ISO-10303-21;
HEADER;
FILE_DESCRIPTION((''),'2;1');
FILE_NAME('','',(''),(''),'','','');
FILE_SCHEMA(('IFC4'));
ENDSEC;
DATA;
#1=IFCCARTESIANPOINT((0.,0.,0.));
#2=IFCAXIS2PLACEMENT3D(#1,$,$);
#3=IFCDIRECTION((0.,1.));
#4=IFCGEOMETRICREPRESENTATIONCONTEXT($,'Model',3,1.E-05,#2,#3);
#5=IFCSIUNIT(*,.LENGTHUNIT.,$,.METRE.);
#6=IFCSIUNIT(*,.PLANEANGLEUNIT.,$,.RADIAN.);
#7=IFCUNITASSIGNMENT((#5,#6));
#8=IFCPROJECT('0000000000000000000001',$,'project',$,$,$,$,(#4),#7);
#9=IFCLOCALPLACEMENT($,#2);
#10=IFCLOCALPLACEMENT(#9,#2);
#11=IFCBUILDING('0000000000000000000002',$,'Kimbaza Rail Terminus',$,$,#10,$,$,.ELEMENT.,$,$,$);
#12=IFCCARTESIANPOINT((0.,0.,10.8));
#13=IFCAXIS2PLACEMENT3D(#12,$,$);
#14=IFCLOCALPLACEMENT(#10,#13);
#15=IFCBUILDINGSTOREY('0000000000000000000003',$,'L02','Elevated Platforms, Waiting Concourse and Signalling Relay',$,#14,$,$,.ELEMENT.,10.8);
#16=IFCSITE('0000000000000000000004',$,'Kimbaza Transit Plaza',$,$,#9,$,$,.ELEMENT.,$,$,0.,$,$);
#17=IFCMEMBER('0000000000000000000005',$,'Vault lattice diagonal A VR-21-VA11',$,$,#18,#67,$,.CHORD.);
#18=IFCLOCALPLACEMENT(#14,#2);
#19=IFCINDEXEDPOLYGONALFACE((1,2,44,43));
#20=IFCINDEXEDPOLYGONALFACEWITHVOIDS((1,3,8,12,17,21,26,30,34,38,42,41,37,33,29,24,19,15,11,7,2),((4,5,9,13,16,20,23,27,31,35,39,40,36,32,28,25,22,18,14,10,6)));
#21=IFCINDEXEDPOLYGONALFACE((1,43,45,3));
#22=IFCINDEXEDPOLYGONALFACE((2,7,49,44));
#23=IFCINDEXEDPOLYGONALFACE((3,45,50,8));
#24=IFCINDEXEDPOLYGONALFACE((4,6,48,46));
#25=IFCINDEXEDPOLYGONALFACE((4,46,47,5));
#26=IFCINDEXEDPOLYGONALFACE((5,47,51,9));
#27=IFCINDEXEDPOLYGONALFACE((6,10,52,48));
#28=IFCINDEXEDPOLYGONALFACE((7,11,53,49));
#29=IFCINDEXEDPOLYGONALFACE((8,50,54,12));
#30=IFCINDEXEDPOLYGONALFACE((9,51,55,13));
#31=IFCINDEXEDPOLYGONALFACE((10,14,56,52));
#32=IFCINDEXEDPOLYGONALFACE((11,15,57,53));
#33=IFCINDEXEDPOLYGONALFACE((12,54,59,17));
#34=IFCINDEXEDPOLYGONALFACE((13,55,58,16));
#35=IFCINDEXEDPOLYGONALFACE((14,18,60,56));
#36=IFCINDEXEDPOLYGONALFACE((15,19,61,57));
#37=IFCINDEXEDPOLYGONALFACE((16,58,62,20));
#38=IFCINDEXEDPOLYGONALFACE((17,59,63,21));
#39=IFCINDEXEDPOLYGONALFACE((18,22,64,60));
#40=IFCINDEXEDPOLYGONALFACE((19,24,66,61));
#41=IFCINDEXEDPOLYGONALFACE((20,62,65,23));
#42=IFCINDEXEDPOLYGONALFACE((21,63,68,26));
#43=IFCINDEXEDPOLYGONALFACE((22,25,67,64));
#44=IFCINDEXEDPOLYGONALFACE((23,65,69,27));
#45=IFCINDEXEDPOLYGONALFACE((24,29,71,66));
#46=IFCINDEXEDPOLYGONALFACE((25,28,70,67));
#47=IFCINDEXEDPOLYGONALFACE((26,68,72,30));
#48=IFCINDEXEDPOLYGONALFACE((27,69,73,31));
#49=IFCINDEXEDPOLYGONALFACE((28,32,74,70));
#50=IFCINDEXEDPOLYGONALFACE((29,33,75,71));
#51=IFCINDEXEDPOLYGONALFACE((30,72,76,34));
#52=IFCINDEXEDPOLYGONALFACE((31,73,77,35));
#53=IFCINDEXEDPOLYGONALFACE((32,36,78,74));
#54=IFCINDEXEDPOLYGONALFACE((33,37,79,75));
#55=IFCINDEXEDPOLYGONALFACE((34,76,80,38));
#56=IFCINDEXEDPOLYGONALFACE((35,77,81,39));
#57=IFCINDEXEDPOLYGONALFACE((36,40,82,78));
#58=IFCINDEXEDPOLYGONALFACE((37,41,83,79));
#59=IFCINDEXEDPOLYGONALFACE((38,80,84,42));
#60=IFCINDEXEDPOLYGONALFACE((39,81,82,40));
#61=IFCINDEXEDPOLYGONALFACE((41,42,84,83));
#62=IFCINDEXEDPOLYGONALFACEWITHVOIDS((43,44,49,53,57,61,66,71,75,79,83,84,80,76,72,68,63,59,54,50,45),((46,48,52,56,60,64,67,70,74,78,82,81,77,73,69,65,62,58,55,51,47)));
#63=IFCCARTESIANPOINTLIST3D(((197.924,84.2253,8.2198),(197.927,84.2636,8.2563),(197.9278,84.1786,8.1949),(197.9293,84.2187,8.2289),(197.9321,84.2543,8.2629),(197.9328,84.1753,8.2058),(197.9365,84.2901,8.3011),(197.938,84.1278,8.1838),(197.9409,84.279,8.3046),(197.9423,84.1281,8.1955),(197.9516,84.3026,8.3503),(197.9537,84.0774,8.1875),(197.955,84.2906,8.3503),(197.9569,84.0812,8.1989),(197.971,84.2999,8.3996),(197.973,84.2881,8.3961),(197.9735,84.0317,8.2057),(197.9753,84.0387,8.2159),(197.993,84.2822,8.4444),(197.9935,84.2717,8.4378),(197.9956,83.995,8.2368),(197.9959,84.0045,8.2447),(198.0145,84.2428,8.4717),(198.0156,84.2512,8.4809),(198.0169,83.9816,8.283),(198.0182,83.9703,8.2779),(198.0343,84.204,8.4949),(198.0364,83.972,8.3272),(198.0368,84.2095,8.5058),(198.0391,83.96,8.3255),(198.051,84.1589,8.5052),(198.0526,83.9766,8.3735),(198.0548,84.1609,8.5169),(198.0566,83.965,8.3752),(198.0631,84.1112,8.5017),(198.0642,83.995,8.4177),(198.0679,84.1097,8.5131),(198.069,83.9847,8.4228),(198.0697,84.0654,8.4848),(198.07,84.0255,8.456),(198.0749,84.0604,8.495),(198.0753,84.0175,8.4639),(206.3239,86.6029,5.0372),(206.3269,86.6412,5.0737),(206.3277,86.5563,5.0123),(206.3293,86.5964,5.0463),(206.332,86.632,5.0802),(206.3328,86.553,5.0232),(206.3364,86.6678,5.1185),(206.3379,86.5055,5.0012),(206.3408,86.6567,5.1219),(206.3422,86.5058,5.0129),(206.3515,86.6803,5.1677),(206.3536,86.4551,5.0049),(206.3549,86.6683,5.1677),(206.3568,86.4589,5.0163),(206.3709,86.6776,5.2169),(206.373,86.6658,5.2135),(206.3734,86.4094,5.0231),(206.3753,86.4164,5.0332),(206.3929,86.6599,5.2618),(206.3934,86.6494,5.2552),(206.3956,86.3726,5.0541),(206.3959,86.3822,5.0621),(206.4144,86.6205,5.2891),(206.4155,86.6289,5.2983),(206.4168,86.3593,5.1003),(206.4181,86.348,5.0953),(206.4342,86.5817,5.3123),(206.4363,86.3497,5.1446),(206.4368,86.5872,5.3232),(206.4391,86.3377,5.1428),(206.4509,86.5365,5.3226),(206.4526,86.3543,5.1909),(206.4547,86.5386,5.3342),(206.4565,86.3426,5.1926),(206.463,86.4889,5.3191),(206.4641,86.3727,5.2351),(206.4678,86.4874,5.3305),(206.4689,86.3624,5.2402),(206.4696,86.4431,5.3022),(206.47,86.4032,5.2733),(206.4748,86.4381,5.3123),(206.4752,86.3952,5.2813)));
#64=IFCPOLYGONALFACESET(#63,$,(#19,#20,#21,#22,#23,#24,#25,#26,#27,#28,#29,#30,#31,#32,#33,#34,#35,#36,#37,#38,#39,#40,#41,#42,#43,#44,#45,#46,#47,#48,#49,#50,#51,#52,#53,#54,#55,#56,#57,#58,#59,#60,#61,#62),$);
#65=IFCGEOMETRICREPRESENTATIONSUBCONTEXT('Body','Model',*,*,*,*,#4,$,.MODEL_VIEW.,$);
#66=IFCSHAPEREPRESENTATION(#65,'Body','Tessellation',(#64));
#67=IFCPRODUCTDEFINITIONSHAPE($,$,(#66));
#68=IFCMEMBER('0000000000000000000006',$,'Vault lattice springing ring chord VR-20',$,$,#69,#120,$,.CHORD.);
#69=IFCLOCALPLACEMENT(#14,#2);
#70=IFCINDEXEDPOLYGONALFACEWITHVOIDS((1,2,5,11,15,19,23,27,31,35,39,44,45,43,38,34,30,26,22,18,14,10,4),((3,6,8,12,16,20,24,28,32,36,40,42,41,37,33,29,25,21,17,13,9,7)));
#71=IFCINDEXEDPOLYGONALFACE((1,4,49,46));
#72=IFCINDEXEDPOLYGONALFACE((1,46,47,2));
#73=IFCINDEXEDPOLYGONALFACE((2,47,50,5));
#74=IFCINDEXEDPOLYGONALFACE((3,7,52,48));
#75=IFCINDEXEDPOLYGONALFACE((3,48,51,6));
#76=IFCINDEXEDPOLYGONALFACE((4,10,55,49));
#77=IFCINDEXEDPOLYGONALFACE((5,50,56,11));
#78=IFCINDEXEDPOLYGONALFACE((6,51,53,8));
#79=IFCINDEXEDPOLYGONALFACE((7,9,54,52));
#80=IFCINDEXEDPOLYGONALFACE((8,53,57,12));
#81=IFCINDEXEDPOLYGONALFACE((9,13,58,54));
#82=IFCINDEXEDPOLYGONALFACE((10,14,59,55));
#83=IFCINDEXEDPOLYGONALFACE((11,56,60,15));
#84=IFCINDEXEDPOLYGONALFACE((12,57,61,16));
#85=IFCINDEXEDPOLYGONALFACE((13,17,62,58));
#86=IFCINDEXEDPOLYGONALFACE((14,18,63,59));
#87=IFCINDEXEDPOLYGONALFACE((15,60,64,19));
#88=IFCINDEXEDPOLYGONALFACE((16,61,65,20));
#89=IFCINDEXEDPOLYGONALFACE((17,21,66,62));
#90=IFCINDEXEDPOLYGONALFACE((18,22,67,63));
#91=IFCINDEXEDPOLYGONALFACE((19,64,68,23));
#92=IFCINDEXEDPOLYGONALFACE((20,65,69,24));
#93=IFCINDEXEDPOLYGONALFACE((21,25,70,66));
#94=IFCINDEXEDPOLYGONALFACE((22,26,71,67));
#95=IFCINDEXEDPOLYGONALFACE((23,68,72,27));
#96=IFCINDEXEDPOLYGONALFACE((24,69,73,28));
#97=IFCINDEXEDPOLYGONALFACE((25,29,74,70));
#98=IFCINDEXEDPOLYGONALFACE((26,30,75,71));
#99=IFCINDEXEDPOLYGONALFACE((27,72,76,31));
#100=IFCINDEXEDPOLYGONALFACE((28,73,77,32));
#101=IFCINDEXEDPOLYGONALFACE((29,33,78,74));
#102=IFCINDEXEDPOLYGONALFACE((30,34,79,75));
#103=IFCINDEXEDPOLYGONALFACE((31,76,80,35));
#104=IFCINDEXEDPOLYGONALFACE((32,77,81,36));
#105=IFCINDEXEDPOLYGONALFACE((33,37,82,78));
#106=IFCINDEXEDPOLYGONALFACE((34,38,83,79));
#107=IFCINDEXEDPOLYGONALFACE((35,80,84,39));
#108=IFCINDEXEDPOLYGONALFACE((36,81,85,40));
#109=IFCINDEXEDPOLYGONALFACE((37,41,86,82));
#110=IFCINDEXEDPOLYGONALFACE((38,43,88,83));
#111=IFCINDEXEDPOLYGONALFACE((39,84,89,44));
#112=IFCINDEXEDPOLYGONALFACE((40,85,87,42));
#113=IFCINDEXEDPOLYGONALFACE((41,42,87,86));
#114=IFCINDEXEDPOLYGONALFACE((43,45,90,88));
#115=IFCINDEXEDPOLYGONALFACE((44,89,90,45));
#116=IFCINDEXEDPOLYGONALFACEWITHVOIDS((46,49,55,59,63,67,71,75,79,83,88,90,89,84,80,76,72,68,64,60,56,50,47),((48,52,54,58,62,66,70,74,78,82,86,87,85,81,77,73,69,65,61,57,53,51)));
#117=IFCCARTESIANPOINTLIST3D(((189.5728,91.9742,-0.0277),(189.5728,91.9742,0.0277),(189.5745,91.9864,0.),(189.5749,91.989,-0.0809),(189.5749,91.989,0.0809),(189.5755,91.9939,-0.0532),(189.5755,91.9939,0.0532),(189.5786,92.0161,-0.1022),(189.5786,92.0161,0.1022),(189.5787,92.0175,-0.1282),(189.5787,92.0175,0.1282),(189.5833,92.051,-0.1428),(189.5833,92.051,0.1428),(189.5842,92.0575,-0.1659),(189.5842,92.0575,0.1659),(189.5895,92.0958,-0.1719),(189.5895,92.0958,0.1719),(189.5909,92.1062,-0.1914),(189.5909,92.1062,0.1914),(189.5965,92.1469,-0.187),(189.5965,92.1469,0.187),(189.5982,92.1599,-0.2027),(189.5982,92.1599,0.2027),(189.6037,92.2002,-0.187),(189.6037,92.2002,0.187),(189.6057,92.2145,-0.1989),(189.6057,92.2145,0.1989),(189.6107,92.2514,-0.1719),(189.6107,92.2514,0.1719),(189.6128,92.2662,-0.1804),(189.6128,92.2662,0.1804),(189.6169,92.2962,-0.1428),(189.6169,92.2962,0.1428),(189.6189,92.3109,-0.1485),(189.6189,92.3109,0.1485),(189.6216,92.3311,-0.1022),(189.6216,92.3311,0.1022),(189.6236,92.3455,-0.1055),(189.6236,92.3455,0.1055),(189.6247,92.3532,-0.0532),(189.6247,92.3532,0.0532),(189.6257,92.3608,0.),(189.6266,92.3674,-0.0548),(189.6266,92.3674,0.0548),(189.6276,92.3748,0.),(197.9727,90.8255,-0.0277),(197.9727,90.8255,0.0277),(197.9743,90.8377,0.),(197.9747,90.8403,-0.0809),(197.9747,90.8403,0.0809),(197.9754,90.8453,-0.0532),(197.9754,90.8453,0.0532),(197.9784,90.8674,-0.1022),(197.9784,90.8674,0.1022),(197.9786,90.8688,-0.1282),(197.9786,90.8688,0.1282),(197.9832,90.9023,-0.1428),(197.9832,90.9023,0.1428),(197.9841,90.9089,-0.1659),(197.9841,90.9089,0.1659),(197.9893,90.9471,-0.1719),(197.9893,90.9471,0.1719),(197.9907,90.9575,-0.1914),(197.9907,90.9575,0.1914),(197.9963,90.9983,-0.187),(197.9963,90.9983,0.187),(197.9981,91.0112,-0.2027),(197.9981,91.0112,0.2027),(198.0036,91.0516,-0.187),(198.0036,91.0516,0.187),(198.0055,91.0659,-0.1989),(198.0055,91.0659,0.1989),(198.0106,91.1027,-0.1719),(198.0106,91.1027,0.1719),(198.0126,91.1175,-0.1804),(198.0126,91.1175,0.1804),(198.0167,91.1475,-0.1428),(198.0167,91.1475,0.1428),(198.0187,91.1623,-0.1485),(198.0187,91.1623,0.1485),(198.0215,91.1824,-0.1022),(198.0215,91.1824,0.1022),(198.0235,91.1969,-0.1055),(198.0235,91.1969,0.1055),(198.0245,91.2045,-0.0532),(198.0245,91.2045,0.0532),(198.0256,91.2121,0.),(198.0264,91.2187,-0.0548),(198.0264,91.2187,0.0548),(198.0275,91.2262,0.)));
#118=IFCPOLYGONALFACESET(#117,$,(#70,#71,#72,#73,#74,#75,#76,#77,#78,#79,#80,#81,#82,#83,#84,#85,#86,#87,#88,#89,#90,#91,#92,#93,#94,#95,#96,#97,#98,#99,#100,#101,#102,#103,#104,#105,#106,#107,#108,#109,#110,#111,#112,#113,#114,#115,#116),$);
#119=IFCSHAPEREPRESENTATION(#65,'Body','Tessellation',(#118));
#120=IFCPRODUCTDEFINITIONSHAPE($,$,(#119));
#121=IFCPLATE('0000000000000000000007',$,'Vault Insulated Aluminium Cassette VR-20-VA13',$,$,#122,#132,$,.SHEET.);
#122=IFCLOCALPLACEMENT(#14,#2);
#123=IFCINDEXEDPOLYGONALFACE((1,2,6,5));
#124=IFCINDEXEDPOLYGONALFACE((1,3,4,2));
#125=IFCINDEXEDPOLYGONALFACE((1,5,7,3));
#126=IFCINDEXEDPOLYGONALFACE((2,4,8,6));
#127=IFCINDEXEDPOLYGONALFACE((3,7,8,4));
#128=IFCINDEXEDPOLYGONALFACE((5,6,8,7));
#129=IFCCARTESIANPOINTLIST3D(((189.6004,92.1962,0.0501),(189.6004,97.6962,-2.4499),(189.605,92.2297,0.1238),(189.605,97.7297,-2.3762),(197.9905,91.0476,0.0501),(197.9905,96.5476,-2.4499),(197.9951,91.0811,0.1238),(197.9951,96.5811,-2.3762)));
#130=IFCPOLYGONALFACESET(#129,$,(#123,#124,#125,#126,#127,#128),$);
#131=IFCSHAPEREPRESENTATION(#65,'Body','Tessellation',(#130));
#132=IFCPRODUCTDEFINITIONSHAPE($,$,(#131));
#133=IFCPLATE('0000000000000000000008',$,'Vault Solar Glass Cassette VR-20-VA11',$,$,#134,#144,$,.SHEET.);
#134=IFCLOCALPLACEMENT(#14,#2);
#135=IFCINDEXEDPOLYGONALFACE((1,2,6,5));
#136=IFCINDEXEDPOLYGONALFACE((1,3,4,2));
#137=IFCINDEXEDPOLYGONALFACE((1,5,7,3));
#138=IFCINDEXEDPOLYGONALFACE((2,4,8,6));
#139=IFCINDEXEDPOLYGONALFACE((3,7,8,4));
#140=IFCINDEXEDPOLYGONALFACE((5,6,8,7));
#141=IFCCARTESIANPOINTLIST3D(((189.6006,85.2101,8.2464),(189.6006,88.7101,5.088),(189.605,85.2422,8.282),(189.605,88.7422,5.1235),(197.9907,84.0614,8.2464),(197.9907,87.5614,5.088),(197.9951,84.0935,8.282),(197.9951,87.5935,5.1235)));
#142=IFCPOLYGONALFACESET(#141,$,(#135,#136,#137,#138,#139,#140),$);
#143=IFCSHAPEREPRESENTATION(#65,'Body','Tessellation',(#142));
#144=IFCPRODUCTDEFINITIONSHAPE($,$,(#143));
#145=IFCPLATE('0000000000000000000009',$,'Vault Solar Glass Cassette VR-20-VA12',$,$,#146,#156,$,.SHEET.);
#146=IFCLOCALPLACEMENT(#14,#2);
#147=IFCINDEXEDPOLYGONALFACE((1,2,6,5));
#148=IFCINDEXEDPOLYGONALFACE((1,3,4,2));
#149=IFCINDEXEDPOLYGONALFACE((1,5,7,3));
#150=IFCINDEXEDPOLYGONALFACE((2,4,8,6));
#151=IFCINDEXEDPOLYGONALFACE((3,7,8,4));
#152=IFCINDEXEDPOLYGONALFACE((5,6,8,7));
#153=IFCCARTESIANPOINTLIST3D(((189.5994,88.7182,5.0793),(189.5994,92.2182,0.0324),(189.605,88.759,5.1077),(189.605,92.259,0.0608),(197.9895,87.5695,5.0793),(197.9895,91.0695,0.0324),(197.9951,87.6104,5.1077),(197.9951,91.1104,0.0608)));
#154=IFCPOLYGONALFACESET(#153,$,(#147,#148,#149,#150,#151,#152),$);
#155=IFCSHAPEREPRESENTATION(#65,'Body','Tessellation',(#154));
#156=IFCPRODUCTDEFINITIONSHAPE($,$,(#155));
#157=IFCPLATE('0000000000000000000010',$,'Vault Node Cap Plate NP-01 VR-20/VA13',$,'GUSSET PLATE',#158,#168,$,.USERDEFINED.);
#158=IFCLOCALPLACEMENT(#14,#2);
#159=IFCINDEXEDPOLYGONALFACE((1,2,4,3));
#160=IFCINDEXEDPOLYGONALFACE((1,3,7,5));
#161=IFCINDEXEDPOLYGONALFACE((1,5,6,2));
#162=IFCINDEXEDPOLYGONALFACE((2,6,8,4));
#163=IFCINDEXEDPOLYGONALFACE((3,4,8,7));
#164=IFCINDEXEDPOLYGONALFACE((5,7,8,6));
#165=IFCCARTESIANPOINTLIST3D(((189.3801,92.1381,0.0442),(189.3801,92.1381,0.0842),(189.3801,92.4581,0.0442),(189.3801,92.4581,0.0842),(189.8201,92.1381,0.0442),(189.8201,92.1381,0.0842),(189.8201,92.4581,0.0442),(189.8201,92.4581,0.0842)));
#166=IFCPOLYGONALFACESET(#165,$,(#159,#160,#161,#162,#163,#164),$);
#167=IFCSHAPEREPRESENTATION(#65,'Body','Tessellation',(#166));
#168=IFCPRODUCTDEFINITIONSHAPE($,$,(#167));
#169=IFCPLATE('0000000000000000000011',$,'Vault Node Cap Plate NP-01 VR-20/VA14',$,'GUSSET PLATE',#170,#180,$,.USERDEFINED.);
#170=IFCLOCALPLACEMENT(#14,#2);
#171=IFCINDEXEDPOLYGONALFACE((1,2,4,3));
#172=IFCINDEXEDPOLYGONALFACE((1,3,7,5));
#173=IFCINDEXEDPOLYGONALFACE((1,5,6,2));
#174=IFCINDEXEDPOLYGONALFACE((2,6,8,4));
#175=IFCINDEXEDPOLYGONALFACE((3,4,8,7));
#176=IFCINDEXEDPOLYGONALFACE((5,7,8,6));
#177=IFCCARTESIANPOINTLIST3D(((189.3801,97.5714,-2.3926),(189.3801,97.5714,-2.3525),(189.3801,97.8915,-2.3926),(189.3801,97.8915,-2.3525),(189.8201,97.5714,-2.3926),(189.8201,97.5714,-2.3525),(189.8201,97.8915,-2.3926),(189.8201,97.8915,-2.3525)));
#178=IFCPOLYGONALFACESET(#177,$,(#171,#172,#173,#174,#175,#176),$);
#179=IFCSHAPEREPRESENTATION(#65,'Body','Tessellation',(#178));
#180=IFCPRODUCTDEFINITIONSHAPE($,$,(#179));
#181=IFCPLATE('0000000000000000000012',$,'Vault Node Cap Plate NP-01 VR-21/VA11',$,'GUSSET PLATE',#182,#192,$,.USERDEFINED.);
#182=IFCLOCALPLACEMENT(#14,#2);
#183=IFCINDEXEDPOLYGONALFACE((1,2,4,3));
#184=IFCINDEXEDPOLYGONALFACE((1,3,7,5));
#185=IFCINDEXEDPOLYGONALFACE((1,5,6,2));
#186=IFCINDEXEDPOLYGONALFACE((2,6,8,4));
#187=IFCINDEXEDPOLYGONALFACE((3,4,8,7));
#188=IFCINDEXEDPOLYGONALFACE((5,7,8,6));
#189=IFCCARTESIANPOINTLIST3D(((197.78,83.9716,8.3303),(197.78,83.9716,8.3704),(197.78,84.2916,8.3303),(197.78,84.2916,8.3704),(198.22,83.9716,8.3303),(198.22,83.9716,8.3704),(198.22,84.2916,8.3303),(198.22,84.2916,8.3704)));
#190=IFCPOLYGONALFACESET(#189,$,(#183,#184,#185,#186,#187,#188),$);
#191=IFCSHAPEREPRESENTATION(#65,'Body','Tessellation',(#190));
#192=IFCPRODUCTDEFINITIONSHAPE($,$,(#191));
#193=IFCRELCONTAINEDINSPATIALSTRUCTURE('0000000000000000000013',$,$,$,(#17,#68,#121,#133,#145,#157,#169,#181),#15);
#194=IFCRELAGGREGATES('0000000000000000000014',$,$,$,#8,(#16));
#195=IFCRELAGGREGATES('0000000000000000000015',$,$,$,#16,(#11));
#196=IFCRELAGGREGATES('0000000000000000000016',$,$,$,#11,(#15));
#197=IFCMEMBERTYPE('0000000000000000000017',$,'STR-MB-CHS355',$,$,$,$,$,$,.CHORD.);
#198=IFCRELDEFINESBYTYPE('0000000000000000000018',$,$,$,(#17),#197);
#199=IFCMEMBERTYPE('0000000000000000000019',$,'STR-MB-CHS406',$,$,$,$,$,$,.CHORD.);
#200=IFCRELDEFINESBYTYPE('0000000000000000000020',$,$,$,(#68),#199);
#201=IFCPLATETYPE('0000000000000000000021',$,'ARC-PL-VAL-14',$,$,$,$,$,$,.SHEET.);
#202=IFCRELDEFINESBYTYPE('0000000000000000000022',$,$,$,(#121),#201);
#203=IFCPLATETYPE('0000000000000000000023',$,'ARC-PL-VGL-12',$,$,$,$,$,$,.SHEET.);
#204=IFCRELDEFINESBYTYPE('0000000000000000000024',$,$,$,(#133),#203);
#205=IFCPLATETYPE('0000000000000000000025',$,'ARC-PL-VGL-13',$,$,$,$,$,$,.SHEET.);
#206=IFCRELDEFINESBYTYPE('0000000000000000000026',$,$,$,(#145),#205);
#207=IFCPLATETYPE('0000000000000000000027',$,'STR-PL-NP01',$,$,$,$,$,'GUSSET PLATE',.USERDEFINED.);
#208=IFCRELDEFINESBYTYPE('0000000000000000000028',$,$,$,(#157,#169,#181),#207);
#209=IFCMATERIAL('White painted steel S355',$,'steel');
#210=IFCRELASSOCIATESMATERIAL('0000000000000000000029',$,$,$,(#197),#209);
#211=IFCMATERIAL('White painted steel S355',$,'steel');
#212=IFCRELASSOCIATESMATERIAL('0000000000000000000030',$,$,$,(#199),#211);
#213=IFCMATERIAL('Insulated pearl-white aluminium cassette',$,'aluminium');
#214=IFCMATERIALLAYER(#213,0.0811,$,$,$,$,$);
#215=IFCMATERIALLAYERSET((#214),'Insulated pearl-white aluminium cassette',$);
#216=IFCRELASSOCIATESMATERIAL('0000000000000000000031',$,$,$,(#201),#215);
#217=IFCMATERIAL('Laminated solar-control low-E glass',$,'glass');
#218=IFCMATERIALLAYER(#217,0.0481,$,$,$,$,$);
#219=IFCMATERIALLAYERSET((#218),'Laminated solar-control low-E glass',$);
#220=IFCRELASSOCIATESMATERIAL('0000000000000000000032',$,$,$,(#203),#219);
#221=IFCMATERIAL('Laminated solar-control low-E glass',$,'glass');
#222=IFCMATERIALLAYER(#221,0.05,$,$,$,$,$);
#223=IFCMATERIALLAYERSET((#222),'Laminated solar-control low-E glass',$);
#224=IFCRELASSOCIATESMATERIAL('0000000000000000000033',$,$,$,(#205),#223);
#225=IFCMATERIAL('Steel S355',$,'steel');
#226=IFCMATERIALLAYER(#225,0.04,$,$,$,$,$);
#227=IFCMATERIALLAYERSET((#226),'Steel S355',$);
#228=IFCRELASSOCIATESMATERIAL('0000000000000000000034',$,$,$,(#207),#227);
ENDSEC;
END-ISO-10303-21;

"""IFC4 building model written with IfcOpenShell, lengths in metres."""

from ifc_helpers import new_model, si_unit, direction, frame, origin, origin_2d, place, context, subcontext, project, spatial, polyline, rectangle, hollow_circle, outline, extrude, material, layer, layer_set, material_profile, profile_set, type_object, element, save


model = new_model("IFC4")

# Units and contexts
model_context = context("Model", 3, precision=1e-05, world=origin(), true_north=direction((0.0, 1.0)))
body_context = subcontext(model_context, "Body", "Model", "MODEL_VIEW")
ifc_project = project(units=[si_unit("LENGTHUNIT", "METRE"), si_unit("PLANEANGLEUNIT", "RADIAN")], contexts=[model_context])

# Site, building, storey
site_placement = place(None, origin())
site = spatial("IfcSite", under=ifc_project, at=site_placement, Name="Kimbaza Transit Plaza", CompositionType="ELEMENT", RefElevation=0.0)
building_placement = place(site_placement, origin())
building = spatial("IfcBuilding", under=site, at=building_placement, Name="Kimbaza Rail Terminus", CompositionType="ELEMENT")
storey_placement = place(building_placement, frame((0.0, 0.0, 10.8)))
storey = spatial("IfcBuildingStorey", under=building, at=storey_placement, Name="L02", Description="Elevated Platforms, Waiting Concourse and Signalling Relay", CompositionType="ELEMENT", Elevation=10.8)

# Members
ifc_material_1 = material(Name="White painted steel S355", Category="steel")
ifc_material_profile_1 = material_profile(ifc_material_1, hollow_circle(Radius=0.1777, WallThickness=0.0125, at=origin_2d()), Name="CHS 355.6x12.5")
ifc_profile_set_1 = profile_set([ifc_material_profile_1], Name="White painted steel S355")
member_type_1 = type_object("IfcMemberType", Name="STR-MB-CHS355", PredefinedType="CHORD", material=ifc_profile_set_1)
member_1_placement = place(storey_placement, frame((198.0, 84.1316, 8.3503), z_axis=(0.903995, 0.255886, -0.342512), x_axis=(-0.27236, 0.962195, 0.0)))
element("IfcMember", 1, at=member_1_placement, inside=storey, type_object=member_type_1, Name="Vault lattice diagonal A VR-21-VA11", PredefinedType="CHORD", context=body_context, shape_type="SweptSolid", body=[
    extrude(hollow_circle(Radius=0.1777, WallThickness=0.0125, at=origin_2d()), origin(), (0.0, 0.0, 1.0), 9.292),
])
ifc_material_2 = material(Name="White painted steel S355", Category="steel")
ifc_material_profile_2 = material_profile(ifc_material_2, hollow_circle(Radius=0.2031, WallThickness=0.0142, at=origin_2d()), Name="CHS 406.4x14.2")
ifc_profile_set_2 = profile_set([ifc_material_profile_2], Name="White painted steel S355")
member_type_2 = type_object("IfcMemberType", Name="STR-MB-CHS406", PredefinedType="CHORD", material=ifc_profile_set_2)
member_2_placement = place(storey_placement, frame((189.6001, 92.1736, 0.0), z_axis=(0.990779, -0.135488, 0.0), x_axis=(0.135488, 0.990779, 0.0)))
element("IfcMember", 2, at=member_2_placement, inside=storey, type_object=member_type_2, Name="Vault lattice springing ring chord VR-20", PredefinedType="CHORD", context=body_context, shape_type="SweptSolid", body=[
    extrude(hollow_circle(Radius=0.2031, WallThickness=0.0142, at=origin_2d()), origin(), (0.0, 0.0, 1.0), 8.478),
])

# Plates
ifc_material_3 = material(Name="Insulated pearl-white aluminium cassette", Category="aluminium")
ifc_layer_1 = layer(ifc_material_3, 0.0811)
ifc_layer_set_1 = layer_set([ifc_layer_1], Name="Insulated pearl-white aluminium cassette")
plate_type_1 = type_object("IfcPlateType", Name="ARC-PL-VAL-14", PredefinedType="SHEET", material=ifc_layer_set_1)
plate_1_placement = place(storey_placement, frame((189.605, 92.2297, 0.1238), z_axis=(0.056562, 0.41314, 0.908909), x_axis=(0.990758, -0.135643, 0.0)))
element("IfcPlate", 3, at=plate_1_placement, inside=storey, type_object=plate_type_1, Name="Vault Insulated Aluminium Cassette VR-20-VA13", PredefinedType="SHEET", context=body_context, shape_type="SweptSolid", body=[
    extrude(outline(polyline([(0.0, 0.0), (8.4684, 0.0), (7.7224, 5.9953), (-0.746, 5.9953), (0.0, 0.0)])), origin(), (0.0, 0.0, -1.0), 0.0811),
])
ifc_material_4 = material(Name="Laminated solar-control low-E glass", Category="glass")
ifc_layer_2 = layer(ifc_material_4, 0.0481)
ifc_layer_set_2 = layer_set([ifc_layer_2], Name="Laminated solar-control low-E glass")
plate_type_2 = type_object("IfcPlateType", Name="ARC-PL-VGL-12", PredefinedType="SHEET", material=ifc_layer_set_2)
plate_2_placement = place(storey_placement, frame((189.605, 85.2422, 8.282), z_axis=(0.091339, 0.667154, 0.739299), x_axis=(0.990758, -0.135643, 0.0)))
element("IfcPlate", 4, at=plate_2_placement, inside=storey, type_object=plate_type_2, Name="Vault Solar Glass Cassette VR-20-VA11", PredefinedType="SHEET", context=body_context, shape_type="SweptSolid", body=[
    extrude(outline(polyline([(0.0, 0.0), (8.4684, 0.0), (7.9937, 4.6905), (-0.4748, 4.6905), (0.0, 0.0)])), origin(), (0.0, 0.0, -1.0), 0.0481),
])
ifc_material_5 = material(Name="Laminated solar-control low-E glass", Category="glass")
ifc_layer_3 = layer(ifc_material_5, 0.05)
ifc_layer_set_3 = layer_set([ifc_layer_3], Name="Laminated solar-control low-E glass")
plate_type_3 = type_object("IfcPlateType", Name="ARC-PL-VGL-13", PredefinedType="SHEET", material=ifc_layer_set_3)
plate_3_placement = place(storey_placement, frame((189.605, 88.759, 5.1077), z_axis=(0.111797, 0.816583, 0.566299), x_axis=(0.990758, -0.135643, 0.0)))
element("IfcPlate", 5, at=plate_3_placement, inside=storey, type_object=plate_type_3, Name="Vault Solar Glass Cassette VR-20-VA12", PredefinedType="SHEET", context=body_context, shape_type="SweptSolid", body=[
    extrude(outline(polyline([(0.0, 0.0), (8.4684, 0.0), (7.9937, 6.1234), (-0.4748, 6.1234), (0.0, 0.0)])), origin(), (0.0, 0.0, -1.0), 0.05),
])
ifc_material_6 = material(Name="Steel S355", Category="steel")
ifc_layer_4 = layer(ifc_material_6, 0.04)
ifc_layer_set_4 = layer_set([ifc_layer_4], Name="Steel S355")
plate_type_4 = type_object("IfcPlateType", Name="STR-PL-NP01", ElementType="GUSSET PLATE", PredefinedType="USERDEFINED", material=ifc_layer_set_4)
for number, where, z_axis, x_axis, name in (
    (6, (189.6001, 92.2981, 0.0442), (0.0, 0.0, 1.0), (1.0, 0.0, 0.0), "Vault Node Cap Plate NP-01 VR-20/VA13"),
    (7, (189.6001, 97.7314, -2.3926), (0.0, 0.0, 1.0), (1.0, 0.0, 0.0), "Vault Node Cap Plate NP-01 VR-20/VA14"),
    (8, (198.0, 84.1316, 8.3303), (0.0, 0.0, 1.0), (1.0, 0.0, 0.0), "Vault Node Cap Plate NP-01 VR-21/VA11"),
):
    element("IfcPlate", number, at=place(storey_placement, frame(where, z_axis=z_axis, x_axis=x_axis)), inside=storey, type_object=plate_type_4, Name=name, ObjectType="GUSSET PLATE", PredefinedType="USERDEFINED", context=body_context, shape_type="SweptSolid", body=[
        extrude(rectangle(XDim=0.4399, YDim=0.3201, at=origin_2d()), origin(), (0.0, 0.0, 1.0), 0.04),
    ])

save(model, "model.ifc")
